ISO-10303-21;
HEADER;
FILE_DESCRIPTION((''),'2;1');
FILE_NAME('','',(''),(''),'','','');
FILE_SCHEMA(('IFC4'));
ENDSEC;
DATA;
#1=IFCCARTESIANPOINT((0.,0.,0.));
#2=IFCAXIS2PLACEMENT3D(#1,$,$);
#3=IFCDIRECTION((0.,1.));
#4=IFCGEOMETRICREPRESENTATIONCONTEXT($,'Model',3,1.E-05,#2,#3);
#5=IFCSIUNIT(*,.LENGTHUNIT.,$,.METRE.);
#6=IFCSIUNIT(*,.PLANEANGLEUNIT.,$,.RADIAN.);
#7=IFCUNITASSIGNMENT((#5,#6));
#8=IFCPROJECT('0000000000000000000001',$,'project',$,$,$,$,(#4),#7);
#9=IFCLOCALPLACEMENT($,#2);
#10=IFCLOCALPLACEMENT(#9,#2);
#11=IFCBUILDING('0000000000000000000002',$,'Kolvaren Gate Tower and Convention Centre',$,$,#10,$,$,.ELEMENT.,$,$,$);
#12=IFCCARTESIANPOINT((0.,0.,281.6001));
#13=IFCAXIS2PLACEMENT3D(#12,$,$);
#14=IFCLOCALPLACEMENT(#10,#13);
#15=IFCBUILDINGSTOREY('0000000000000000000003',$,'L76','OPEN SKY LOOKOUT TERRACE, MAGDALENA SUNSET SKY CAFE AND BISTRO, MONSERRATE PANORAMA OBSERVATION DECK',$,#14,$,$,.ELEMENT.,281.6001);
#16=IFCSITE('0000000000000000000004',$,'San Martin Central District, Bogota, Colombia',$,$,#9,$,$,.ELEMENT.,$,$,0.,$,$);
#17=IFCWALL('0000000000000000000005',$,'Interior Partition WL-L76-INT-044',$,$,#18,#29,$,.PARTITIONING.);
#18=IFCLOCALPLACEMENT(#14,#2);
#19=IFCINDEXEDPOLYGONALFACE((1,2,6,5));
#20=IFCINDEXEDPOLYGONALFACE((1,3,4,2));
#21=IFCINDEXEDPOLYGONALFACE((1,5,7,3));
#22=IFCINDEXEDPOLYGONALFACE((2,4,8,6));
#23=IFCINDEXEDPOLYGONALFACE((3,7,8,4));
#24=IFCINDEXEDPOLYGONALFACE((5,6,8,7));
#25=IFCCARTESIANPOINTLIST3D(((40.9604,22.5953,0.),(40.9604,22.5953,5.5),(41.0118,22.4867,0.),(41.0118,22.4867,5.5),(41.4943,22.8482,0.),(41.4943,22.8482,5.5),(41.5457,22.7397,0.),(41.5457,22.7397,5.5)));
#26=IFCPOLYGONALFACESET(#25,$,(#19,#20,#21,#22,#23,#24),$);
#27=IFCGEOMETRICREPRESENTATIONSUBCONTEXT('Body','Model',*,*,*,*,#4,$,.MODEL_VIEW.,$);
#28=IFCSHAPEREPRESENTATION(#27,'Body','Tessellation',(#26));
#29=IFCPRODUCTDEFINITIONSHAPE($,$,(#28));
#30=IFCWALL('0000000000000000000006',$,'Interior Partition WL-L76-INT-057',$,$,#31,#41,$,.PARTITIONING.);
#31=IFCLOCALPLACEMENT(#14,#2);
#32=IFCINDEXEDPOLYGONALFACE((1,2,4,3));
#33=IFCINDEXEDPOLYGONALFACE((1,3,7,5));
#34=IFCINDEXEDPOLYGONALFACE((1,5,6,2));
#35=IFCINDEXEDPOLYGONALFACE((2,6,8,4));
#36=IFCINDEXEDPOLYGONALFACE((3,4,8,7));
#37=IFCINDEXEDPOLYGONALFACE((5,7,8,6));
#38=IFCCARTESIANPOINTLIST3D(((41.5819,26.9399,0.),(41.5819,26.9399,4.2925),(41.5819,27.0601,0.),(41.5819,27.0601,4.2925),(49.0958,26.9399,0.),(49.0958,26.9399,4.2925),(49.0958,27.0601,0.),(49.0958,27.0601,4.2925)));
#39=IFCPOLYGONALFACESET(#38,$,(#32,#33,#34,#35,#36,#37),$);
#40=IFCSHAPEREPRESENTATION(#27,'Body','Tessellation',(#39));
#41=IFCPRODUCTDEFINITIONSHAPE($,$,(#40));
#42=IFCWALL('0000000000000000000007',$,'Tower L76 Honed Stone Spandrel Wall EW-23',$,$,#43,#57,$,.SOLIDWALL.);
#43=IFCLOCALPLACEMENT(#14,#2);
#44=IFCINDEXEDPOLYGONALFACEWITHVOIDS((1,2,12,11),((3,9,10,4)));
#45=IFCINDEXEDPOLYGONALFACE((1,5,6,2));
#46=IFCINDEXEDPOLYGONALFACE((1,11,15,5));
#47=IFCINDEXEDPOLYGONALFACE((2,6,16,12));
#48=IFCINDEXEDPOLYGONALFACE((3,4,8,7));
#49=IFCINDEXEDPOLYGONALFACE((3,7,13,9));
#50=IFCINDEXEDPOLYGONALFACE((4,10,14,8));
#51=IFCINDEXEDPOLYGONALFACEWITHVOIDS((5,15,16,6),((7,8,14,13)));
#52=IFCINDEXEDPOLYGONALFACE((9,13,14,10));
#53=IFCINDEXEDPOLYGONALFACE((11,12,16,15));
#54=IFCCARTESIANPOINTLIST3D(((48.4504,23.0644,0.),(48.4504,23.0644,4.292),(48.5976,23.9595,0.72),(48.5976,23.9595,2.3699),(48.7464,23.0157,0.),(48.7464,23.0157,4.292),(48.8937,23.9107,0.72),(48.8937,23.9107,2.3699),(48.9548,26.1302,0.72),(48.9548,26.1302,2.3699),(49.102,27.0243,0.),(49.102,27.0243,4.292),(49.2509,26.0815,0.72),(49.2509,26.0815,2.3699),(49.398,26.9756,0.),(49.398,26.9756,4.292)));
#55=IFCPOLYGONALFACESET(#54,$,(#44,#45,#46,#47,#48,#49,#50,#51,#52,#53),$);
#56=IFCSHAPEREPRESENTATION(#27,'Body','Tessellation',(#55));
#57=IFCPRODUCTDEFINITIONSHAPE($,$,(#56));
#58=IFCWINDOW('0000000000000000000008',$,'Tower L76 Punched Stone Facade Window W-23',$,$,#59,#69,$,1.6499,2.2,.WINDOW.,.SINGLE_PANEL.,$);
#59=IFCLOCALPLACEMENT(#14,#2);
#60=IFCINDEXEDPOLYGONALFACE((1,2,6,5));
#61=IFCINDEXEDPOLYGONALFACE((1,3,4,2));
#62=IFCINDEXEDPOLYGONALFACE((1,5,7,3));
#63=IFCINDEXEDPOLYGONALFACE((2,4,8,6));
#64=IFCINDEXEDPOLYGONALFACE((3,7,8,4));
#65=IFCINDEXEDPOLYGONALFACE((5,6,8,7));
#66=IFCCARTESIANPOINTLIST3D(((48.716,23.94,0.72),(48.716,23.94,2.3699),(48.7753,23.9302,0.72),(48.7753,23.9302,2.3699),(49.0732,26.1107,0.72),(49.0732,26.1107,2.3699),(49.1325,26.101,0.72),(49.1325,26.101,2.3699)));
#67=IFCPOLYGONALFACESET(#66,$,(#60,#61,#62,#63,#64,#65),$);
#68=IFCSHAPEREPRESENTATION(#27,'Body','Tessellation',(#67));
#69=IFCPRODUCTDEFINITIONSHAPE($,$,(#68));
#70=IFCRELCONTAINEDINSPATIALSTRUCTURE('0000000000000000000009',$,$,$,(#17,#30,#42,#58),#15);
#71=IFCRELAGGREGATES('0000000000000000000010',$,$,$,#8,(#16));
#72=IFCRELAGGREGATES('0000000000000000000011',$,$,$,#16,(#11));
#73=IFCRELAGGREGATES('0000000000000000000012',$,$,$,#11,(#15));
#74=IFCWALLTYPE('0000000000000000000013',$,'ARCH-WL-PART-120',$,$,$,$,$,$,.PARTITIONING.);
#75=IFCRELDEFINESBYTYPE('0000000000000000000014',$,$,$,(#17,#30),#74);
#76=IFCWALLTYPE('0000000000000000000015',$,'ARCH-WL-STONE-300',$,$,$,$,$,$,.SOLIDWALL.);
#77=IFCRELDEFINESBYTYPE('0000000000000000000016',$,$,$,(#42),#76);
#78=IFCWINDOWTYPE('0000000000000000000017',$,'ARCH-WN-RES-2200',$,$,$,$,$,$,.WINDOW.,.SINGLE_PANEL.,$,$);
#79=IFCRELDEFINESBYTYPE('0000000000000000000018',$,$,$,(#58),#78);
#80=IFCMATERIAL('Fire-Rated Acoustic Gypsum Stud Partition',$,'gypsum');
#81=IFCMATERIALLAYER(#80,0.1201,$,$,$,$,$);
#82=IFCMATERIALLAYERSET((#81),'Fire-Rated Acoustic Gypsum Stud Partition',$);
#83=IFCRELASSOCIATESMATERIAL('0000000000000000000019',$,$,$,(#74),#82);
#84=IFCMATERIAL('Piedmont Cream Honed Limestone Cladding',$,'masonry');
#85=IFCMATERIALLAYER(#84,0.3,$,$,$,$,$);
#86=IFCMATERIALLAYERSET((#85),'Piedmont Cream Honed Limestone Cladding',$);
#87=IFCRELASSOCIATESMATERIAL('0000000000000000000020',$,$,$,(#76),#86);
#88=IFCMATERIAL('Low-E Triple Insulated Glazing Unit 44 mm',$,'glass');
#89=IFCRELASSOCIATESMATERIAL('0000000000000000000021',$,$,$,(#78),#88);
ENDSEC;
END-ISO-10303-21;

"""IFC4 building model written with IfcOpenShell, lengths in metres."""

from ifc_helpers import new_model, si_unit, direction, frame, frame_2d, origin, place, context, subcontext, project, spatial, rectangle, extrude, material, layer, layer_set, type_object, element, fill, save


model = new_model("IFC4")

# Units and contexts
model_context = context("Model", 3, precision=1e-05, world=origin(), true_north=direction((0.0, 1.0)))
body_context = subcontext(model_context, "Body", "Model", "MODEL_VIEW")
ifc_project = project(units=[si_unit("LENGTHUNIT", "METRE"), si_unit("PLANEANGLEUNIT", "RADIAN")], contexts=[model_context])

# Site, building, storey
site_placement = place(None, origin())
site = spatial("IfcSite", under=ifc_project, at=site_placement, Name="San Martin Central District, Bogota, Colombia", CompositionType="ELEMENT", RefElevation=0.0)
building_placement = place(site_placement, origin())
building = spatial("IfcBuilding", under=site, at=building_placement, Name="Kolvaren Gate Tower and Convention Centre", CompositionType="ELEMENT")
storey_placement = place(building_placement, frame((0.0, 0.0, 281.6001)))
storey = spatial("IfcBuildingStorey", under=building, at=storey_placement, Name="L76", Description="OPEN SKY LOOKOUT TERRACE, MAGDALENA SUNSET SKY CAFE AND BISTRO, MONSERRATE PANORAMA OBSERVATION DECK", CompositionType="ELEMENT", Elevation=281.6001)

# Shared definitions
ifc_material_1 = material(Name="Low-E Triple Insulated Glazing Unit 44 mm", Category="glass")

# Shared definitions
ifc_material_2 = material(Name="Piedmont Cream Honed Limestone Cladding", Category="masonry")

# Shared definitions
ifc_material_3 = material(Name="Fire-Rated Acoustic Gypsum Stud Partition", Category="gypsum")
ifc_layer_1 = layer(ifc_material_3, 0.1201)
ifc_layer_set_1 = layer_set([ifc_layer_1], Name="Fire-Rated Acoustic Gypsum Stud Partition")
wall_type_1 = type_object("IfcWallType", Name="ARCH-WL-PART-120", PredefinedType="PARTITIONING", material=ifc_layer_set_1)

# Walls
wall_1_placement = place(storey_placement, frame((40.9861, 22.541, 0.0), z_axis=(0.0, 0.0, 1.0), x_axis=(0.903729, 0.428104, 0.0)))
element("IfcWall", 1, at=wall_1_placement, inside=storey, type_object=wall_type_1, Name="Interior Partition WL-L76-INT-044", PredefinedType="PARTITIONING", context=body_context, shape_type="SweptSolid", body=[
    extrude(rectangle(XDim=0.5908, YDim=0.1201, at=frame_2d((0.2954, 0.0))), origin(), (0.0, 0.0, 1.0), 5.5),
])
wall_2_placement = place(storey_placement, frame((41.582, 27.0, 0.0), z_axis=(0.0, 0.0, 1.0), x_axis=(1.0, 0.0, 0.0)))
element("IfcWall", 2, at=wall_2_placement, inside=storey, type_object=wall_type_1, Name="Interior Partition WL-L76-INT-057", PredefinedType="PARTITIONING", context=body_context, shape_type="SweptSolid", body=[
    extrude(rectangle(XDim=7.5139, YDim=0.1201, at=frame_2d((3.7568, 0.0))), origin(), (0.0, 0.0, 1.0), 4.2925),
])

# Wall, opening, window
ifc_layer_2 = layer(ifc_material_2, 0.3)
ifc_layer_set_2 = layer_set([ifc_layer_2], Name="Piedmont Cream Honed Limestone Cladding")
wall_type_2 = type_object("IfcWallType", Name="ARCH-WL-STONE-300", PredefinedType="SOLIDWALL", material=ifc_layer_set_2)
wall_3_placement = place(storey_placement, frame((48.5984, 23.04, 0.0), z_axis=(0.0, 0.0, 1.0), x_axis=(0.162366, 0.986731, 0.0)))
wall_3 = element("IfcWall", 3, at=wall_3_placement, inside=storey, type_object=wall_type_2, Name="Tower L76 Honed Stone Spandrel Wall EW-23", PredefinedType="SOLIDWALL", context=body_context, shape_type="SweptSolid", body=[
    extrude(rectangle(XDim=4.0132, YDim=0.3, at=frame_2d((2.0066, 0.0))), origin(), (0.0, 0.0, 1.0), 4.292),
])
opening_1_placement = place(wall_3_placement, frame((0.907, 0.0, 0.72)))
opening_1 = element("IfcOpeningElement", 4, at=opening_1_placement, cuts=wall_3, PredefinedType="OPENING", context=body_context, shape_type="SweptSolid", body=[
    extrude(rectangle(XDim=2.2, YDim=1.6499, at=frame_2d((1.1001, 0.825))), frame((0.0, 0.1599, 0.0), z_axis=(0.0, -1.0, 0.0), x_axis=(1.0, 0.0, 0.0)), (0.0, 0.0, 1.0), 0.3201),
])
window_type = type_object("IfcWindowType", Name="ARCH-WN-RES-2200", PartitioningType="SINGLE_PANEL", PredefinedType="WINDOW", material=ifc_material_1)
window_placement = place(opening_1_placement, origin())
window = element("IfcWindow", 5, at=window_placement, inside=storey, type_object=window_type, Name="Tower L76 Punched Stone Facade Window W-23", OverallHeight=1.6499, OverallWidth=2.2, PartitioningType="SINGLE_PANEL", PredefinedType="WINDOW", context=body_context, shape_type="SweptSolid", body=[
    extrude(rectangle(XDim=2.2, YDim=1.6499, at=frame_2d((1.1001, 0.825))), frame((0.0, 0.03, 0.0), z_axis=(0.0, -1.0, 0.0), x_axis=(1.0, 0.0, 0.0)), (0.0, 0.0, 1.0), 0.0601),
])
fill(opening_1, window)

save(model, "model.ifc")
